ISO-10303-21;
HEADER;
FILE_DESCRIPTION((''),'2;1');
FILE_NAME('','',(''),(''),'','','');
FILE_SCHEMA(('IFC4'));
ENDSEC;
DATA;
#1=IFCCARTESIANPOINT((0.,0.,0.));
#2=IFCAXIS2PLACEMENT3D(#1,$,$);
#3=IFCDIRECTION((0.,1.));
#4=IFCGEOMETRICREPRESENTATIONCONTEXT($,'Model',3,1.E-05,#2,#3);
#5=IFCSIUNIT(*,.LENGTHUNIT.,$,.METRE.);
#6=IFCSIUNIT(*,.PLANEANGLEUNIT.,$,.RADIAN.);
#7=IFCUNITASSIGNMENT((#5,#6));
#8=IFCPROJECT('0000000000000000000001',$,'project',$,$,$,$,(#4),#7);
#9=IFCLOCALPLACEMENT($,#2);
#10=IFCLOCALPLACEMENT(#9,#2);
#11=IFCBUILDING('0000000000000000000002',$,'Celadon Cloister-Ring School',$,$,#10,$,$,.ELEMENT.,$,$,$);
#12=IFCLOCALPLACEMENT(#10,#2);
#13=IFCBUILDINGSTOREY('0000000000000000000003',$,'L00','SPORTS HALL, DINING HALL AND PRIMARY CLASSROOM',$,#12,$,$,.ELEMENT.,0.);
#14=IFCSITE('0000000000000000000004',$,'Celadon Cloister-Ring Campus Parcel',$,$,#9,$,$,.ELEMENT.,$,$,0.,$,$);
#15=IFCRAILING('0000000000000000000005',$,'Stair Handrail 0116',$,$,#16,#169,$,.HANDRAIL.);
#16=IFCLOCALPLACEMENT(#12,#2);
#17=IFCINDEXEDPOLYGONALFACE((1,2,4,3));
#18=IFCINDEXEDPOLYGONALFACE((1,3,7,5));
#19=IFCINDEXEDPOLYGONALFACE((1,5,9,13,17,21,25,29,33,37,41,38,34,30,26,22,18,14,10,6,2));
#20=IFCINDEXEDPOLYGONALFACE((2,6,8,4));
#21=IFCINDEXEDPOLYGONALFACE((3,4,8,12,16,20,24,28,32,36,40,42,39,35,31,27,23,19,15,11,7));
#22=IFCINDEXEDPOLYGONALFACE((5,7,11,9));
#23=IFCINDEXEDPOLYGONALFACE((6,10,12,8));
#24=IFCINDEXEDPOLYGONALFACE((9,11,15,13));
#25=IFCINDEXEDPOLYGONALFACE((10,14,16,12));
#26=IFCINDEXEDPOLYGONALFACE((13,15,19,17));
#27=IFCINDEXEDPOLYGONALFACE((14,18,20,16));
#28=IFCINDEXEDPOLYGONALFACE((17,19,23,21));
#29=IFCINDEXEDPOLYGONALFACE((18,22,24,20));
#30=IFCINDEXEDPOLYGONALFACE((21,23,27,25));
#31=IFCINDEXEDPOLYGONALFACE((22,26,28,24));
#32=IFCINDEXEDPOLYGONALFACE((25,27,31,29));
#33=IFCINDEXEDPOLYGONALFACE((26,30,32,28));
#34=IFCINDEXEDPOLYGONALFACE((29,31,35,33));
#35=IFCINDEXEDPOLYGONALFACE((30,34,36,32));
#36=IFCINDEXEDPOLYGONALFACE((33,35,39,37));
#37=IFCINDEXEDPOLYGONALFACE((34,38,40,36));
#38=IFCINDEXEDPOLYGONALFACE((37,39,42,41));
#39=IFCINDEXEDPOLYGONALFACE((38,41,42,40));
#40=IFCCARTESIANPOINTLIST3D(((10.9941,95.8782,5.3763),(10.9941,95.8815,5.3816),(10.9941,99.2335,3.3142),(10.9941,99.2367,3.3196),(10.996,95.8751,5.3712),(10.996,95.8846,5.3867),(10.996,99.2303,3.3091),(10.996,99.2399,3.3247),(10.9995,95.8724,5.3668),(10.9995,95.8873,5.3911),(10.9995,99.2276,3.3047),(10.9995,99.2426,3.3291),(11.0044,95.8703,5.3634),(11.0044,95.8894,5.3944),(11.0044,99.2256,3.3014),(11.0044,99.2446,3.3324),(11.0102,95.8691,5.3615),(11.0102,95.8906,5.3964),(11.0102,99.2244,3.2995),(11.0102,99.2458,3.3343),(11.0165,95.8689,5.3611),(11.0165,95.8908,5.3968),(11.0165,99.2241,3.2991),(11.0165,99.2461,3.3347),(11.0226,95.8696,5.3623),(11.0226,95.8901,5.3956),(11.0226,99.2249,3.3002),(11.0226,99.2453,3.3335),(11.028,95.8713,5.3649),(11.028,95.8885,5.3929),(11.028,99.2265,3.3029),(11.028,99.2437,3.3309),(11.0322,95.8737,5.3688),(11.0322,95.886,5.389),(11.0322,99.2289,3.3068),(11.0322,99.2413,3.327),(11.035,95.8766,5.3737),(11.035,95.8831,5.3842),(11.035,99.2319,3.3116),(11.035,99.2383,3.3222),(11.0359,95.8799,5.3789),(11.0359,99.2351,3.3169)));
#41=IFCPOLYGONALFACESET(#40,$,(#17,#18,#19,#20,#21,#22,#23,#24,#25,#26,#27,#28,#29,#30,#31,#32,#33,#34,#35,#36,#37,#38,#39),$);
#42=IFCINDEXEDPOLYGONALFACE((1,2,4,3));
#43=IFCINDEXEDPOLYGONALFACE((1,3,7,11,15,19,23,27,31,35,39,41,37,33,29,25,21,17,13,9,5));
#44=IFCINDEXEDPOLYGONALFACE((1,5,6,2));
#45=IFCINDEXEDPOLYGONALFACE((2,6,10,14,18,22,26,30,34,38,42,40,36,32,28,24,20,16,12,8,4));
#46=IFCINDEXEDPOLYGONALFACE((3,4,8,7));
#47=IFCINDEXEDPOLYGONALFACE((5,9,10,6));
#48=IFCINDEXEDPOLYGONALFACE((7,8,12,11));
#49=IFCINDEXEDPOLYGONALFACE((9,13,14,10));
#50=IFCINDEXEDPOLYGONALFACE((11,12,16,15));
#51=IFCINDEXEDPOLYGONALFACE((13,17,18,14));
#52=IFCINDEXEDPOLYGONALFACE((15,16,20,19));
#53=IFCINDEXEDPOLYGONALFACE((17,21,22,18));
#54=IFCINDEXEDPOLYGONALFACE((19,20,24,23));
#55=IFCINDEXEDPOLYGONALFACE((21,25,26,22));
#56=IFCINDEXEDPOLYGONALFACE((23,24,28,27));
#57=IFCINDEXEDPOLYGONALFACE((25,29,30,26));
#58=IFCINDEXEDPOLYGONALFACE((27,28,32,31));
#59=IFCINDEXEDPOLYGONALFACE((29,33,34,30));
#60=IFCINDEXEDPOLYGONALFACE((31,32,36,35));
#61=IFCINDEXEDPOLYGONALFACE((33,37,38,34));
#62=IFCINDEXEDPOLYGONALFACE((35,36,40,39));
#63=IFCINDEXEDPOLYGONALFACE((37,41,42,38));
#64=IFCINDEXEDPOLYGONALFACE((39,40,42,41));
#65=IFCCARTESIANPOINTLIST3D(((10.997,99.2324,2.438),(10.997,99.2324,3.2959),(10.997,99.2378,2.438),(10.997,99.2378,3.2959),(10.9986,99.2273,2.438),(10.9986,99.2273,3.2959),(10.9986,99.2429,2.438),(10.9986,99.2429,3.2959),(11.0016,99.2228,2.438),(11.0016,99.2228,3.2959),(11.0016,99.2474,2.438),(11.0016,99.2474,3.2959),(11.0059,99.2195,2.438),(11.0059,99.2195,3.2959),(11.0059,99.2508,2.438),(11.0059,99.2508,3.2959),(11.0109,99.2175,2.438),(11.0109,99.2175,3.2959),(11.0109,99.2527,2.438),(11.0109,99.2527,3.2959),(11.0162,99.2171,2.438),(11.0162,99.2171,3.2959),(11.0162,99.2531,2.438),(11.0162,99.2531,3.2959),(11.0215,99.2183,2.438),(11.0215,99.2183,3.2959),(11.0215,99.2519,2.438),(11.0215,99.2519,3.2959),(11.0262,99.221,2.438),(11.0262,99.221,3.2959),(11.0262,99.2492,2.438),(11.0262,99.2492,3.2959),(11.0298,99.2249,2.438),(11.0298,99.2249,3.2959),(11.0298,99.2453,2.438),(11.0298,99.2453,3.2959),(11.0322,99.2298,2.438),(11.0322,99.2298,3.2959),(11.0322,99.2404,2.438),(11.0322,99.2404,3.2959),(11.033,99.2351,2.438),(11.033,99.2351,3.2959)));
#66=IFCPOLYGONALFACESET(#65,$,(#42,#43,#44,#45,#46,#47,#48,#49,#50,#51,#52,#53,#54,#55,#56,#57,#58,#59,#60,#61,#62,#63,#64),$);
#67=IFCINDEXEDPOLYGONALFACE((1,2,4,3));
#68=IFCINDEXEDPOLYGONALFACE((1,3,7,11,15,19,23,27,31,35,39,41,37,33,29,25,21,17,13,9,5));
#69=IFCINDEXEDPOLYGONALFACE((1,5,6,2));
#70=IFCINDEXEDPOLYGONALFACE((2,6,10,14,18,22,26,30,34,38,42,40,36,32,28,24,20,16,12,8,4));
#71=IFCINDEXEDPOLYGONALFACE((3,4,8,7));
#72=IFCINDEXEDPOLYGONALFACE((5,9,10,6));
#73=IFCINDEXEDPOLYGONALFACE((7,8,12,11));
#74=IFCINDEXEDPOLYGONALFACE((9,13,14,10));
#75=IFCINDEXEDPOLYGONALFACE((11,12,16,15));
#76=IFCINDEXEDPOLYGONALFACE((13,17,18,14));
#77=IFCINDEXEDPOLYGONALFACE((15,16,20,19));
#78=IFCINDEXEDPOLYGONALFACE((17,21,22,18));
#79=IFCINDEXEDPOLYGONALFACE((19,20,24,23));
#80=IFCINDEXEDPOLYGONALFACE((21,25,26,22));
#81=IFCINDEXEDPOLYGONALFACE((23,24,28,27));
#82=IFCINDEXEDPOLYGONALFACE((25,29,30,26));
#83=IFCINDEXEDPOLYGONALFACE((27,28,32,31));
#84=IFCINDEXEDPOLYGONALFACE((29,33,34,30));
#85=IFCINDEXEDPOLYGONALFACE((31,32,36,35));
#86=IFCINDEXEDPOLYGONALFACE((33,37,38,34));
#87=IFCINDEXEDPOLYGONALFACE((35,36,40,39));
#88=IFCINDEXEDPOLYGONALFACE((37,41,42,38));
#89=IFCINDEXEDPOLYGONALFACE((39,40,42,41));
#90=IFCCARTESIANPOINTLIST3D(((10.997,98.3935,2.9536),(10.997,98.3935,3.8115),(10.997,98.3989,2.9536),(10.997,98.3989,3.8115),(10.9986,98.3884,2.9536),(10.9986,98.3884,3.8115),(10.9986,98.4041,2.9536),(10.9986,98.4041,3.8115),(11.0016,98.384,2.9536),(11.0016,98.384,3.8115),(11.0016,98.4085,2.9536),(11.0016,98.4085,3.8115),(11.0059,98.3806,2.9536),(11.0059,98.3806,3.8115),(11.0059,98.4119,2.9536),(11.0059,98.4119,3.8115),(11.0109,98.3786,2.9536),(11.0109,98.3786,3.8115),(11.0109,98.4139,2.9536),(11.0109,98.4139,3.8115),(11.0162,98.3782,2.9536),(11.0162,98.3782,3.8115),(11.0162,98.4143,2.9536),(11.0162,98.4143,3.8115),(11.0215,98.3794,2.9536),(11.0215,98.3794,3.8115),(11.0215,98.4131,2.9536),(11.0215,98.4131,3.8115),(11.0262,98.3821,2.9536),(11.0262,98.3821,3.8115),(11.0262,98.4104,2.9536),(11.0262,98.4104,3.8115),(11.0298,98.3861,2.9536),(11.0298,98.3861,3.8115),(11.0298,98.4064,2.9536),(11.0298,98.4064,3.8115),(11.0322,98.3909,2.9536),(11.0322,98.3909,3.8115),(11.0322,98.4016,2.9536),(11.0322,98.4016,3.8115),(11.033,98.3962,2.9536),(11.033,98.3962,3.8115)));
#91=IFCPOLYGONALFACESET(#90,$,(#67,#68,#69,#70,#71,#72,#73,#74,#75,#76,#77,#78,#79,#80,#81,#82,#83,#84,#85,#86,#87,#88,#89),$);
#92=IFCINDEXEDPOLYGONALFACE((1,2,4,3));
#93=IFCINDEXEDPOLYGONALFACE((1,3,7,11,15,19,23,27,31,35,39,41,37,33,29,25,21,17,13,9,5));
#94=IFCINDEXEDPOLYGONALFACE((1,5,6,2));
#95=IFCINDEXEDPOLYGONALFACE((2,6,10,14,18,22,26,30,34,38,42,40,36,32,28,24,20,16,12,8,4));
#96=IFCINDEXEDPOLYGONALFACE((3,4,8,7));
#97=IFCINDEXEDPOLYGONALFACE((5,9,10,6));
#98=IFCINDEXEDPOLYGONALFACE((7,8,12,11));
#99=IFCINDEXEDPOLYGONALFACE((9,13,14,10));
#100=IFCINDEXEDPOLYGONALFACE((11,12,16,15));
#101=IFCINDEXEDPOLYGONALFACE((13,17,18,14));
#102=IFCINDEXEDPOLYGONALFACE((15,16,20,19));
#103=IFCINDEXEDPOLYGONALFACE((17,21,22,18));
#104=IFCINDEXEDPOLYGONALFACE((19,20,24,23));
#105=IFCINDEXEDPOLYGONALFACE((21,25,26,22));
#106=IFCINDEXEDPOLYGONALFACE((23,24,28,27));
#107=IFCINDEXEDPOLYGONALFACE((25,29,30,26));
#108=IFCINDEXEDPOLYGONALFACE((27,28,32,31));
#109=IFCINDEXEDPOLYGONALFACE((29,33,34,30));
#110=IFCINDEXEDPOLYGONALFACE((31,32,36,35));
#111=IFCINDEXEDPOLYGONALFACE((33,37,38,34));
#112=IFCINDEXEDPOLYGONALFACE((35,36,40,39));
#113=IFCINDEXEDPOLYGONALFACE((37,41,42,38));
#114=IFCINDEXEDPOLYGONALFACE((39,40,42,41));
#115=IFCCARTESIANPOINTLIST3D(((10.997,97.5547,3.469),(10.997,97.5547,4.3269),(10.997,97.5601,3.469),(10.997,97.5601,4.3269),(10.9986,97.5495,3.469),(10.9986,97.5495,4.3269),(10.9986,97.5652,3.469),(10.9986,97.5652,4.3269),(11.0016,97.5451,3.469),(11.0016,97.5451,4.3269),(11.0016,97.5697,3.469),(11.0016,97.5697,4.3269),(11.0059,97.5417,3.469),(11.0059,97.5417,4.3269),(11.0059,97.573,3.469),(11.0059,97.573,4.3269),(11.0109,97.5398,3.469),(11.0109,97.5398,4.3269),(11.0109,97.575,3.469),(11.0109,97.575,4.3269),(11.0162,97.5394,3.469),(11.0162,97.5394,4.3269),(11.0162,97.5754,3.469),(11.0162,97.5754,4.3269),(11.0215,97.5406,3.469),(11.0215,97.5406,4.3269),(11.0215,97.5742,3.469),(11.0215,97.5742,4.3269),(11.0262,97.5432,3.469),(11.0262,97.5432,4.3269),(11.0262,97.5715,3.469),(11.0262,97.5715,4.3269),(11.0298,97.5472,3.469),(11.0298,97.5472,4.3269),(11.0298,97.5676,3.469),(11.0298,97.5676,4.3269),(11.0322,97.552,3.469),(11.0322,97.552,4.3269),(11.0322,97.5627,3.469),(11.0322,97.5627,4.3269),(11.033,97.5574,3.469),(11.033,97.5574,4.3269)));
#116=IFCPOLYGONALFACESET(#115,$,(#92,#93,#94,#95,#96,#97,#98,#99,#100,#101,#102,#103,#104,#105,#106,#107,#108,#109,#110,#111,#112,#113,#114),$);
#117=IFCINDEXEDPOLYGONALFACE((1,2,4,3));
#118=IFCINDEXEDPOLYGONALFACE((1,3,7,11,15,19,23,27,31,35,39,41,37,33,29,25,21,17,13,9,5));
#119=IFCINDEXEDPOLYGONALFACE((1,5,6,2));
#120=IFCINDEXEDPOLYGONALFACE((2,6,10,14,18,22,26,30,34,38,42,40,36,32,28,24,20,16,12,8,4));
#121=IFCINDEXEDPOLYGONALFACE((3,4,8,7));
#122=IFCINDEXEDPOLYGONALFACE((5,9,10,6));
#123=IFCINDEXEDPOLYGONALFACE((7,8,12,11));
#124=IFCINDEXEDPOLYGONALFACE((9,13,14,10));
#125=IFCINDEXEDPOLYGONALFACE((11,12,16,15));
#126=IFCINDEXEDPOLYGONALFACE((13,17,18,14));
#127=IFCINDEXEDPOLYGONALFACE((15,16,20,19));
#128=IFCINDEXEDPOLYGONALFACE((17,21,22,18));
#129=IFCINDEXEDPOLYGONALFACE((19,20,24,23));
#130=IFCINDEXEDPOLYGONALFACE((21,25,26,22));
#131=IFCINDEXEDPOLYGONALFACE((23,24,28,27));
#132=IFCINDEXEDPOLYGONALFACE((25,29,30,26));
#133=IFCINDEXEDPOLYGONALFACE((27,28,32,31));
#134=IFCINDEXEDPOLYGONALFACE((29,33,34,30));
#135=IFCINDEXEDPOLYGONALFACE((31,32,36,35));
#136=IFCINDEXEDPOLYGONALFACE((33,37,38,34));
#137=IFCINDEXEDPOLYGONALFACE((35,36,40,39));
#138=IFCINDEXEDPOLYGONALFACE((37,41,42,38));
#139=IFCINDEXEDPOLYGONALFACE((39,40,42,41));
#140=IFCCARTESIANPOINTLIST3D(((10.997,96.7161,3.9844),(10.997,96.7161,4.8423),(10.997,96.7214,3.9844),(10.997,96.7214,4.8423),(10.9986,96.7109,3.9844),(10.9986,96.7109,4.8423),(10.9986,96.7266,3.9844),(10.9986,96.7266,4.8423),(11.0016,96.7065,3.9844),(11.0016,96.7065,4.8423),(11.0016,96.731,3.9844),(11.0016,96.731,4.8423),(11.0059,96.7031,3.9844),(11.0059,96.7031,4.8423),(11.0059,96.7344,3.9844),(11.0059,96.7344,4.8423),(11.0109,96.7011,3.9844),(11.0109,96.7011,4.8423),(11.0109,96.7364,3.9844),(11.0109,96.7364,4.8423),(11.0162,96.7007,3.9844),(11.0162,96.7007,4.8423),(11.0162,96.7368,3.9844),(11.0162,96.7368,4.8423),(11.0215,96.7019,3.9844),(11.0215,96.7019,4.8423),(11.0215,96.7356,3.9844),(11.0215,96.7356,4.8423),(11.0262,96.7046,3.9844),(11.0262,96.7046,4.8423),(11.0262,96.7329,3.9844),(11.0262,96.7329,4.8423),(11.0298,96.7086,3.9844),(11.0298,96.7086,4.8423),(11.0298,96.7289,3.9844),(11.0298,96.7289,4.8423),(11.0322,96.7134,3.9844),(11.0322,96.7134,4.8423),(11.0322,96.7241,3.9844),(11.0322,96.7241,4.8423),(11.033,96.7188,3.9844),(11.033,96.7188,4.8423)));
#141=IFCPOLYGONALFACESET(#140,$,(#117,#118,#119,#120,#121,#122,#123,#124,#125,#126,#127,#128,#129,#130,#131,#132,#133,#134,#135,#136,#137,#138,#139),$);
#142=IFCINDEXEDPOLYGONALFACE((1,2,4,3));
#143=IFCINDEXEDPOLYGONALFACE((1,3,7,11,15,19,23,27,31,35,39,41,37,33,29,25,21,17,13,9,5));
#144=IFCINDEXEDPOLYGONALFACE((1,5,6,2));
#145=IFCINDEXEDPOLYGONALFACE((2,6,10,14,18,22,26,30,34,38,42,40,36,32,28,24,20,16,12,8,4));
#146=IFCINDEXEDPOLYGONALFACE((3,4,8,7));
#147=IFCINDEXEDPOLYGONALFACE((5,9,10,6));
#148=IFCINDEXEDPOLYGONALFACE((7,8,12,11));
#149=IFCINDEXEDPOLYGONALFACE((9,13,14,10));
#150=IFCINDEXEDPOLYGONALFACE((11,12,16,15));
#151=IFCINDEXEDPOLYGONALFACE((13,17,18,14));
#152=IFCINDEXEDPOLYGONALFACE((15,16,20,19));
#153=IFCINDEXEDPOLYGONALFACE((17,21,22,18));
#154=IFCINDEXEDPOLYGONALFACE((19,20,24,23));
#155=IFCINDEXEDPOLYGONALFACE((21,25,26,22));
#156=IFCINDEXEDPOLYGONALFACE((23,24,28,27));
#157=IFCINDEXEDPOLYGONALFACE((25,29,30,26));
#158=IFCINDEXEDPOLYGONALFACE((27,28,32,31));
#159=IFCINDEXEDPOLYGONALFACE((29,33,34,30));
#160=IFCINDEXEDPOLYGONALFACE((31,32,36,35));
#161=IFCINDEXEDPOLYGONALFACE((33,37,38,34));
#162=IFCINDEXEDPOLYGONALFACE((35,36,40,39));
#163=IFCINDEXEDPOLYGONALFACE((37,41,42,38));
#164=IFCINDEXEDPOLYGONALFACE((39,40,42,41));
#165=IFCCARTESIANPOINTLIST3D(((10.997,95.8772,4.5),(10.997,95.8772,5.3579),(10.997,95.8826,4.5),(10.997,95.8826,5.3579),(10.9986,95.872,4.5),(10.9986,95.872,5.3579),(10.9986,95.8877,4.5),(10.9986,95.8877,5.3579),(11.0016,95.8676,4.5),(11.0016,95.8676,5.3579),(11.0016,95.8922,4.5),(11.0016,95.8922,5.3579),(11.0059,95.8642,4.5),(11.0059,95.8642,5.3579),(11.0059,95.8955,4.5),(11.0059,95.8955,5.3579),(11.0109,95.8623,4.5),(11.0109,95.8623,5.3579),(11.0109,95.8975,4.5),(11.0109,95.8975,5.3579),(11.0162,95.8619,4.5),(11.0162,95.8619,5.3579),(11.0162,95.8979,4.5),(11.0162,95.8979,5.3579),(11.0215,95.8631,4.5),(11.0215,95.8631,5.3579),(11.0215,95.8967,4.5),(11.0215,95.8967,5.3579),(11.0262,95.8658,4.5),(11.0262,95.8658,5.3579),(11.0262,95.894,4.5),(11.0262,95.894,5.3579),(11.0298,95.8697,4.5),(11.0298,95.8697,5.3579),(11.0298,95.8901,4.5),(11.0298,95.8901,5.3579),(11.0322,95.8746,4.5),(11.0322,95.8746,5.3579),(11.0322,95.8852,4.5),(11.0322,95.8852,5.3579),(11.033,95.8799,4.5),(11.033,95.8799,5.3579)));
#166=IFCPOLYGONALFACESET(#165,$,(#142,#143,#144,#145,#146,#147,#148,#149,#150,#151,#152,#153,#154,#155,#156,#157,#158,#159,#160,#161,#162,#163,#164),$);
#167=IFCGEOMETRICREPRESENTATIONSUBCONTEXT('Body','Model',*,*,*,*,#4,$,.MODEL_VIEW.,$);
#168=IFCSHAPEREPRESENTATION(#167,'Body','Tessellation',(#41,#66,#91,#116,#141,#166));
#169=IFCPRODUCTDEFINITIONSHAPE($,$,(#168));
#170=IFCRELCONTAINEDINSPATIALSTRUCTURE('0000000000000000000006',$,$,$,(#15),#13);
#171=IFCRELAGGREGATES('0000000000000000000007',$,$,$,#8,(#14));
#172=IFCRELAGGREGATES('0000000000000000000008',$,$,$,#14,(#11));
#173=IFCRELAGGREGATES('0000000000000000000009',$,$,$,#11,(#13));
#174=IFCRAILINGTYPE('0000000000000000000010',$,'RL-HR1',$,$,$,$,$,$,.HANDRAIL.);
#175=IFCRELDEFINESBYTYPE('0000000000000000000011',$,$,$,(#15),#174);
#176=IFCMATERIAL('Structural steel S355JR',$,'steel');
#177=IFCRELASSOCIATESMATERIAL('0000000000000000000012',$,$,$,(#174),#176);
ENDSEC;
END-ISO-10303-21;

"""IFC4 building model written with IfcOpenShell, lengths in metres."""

from ifc_helpers import new_model, si_unit, direction, frame, origin, origin_2d, place, context, subcontext, project, spatial, circle, extrude, material, type_object, element, save


model = new_model("IFC4")

# Units and contexts
model_context = context("Model", 3, precision=1e-05, world=origin(), true_north=direction((0.0, 1.0)))
body_context = subcontext(model_context, "Body", "Model", "MODEL_VIEW")
ifc_project = project(units=[si_unit("LENGTHUNIT", "METRE"), si_unit("PLANEANGLEUNIT", "RADIAN")], contexts=[model_context])

# Site, building, storey
site_placement = place(None, origin())
site = spatial("IfcSite", under=ifc_project, at=site_placement, Name="Celadon Cloister-Ring Campus Parcel", CompositionType="ELEMENT", RefElevation=0.0)
building_placement = place(site_placement, origin())
building = spatial("IfcBuilding", under=site, at=building_placement, Name="Celadon Cloister-Ring School", CompositionType="ELEMENT")
storey_placement = place(building_placement, origin())
storey = spatial("IfcBuildingStorey", under=building, at=storey_placement, Name="L00", Description="SPORTS HALL, DINING HALL AND PRIMARY CLASSROOM", CompositionType="ELEMENT", Elevation=0.0)

# Railing
ifc_material_1 = material(Name="Structural steel S355JR", Category="steel")
railing_type_1 = type_object("IfcRailingType", Name="RL-HR1", PredefinedType="HANDRAIL", material=ifc_material_1)
for number, where, name in (
    (1, (11.0149, 99.2351, 2.438), "Stair Handrail 0116"),
):
    element("IfcRailing", number, at=place(storey_placement, frame(where)), inside=storey, type_object=railing_type_1, Name=name, PredefinedType="HANDRAIL", context=body_context, shape_type="SweptSolid", body=[
        extrude(circle(Radius=0.021, at=origin_2d()), frame((0.0, 0.0, 0.8789), z_axis=(0.0, -0.851969, 0.523592), x_axis=(1.0, 0.0, 0.0)), (0.0, 0.0, 1.0), 3.9382),
        extrude(circle(Radius=0.0181, at=origin_2d()), origin(), (0.0, 0.0, 1.0), 0.8579),
        extrude(circle(Radius=0.0181, at=origin_2d()), frame((0.0, -0.8389, 0.5156)), (0.0, 0.0, 1.0), 0.8579),
        extrude(circle(Radius=0.0181, at=origin_2d()), frame((0.0, -1.6777, 1.031)), (0.0, 0.0, 1.0), 0.8579),
        extrude(circle(Radius=0.0181, at=origin_2d()), frame((0.0, -2.5164, 1.5464)), (0.0, 0.0, 1.0), 0.8579),
        extrude(circle(Radius=0.0181, at=origin_2d()), frame((0.0, -3.3552, 2.062)), (0.0, 0.0, 1.0), 0.8579),
    ])

save(model, "model.ifc")
